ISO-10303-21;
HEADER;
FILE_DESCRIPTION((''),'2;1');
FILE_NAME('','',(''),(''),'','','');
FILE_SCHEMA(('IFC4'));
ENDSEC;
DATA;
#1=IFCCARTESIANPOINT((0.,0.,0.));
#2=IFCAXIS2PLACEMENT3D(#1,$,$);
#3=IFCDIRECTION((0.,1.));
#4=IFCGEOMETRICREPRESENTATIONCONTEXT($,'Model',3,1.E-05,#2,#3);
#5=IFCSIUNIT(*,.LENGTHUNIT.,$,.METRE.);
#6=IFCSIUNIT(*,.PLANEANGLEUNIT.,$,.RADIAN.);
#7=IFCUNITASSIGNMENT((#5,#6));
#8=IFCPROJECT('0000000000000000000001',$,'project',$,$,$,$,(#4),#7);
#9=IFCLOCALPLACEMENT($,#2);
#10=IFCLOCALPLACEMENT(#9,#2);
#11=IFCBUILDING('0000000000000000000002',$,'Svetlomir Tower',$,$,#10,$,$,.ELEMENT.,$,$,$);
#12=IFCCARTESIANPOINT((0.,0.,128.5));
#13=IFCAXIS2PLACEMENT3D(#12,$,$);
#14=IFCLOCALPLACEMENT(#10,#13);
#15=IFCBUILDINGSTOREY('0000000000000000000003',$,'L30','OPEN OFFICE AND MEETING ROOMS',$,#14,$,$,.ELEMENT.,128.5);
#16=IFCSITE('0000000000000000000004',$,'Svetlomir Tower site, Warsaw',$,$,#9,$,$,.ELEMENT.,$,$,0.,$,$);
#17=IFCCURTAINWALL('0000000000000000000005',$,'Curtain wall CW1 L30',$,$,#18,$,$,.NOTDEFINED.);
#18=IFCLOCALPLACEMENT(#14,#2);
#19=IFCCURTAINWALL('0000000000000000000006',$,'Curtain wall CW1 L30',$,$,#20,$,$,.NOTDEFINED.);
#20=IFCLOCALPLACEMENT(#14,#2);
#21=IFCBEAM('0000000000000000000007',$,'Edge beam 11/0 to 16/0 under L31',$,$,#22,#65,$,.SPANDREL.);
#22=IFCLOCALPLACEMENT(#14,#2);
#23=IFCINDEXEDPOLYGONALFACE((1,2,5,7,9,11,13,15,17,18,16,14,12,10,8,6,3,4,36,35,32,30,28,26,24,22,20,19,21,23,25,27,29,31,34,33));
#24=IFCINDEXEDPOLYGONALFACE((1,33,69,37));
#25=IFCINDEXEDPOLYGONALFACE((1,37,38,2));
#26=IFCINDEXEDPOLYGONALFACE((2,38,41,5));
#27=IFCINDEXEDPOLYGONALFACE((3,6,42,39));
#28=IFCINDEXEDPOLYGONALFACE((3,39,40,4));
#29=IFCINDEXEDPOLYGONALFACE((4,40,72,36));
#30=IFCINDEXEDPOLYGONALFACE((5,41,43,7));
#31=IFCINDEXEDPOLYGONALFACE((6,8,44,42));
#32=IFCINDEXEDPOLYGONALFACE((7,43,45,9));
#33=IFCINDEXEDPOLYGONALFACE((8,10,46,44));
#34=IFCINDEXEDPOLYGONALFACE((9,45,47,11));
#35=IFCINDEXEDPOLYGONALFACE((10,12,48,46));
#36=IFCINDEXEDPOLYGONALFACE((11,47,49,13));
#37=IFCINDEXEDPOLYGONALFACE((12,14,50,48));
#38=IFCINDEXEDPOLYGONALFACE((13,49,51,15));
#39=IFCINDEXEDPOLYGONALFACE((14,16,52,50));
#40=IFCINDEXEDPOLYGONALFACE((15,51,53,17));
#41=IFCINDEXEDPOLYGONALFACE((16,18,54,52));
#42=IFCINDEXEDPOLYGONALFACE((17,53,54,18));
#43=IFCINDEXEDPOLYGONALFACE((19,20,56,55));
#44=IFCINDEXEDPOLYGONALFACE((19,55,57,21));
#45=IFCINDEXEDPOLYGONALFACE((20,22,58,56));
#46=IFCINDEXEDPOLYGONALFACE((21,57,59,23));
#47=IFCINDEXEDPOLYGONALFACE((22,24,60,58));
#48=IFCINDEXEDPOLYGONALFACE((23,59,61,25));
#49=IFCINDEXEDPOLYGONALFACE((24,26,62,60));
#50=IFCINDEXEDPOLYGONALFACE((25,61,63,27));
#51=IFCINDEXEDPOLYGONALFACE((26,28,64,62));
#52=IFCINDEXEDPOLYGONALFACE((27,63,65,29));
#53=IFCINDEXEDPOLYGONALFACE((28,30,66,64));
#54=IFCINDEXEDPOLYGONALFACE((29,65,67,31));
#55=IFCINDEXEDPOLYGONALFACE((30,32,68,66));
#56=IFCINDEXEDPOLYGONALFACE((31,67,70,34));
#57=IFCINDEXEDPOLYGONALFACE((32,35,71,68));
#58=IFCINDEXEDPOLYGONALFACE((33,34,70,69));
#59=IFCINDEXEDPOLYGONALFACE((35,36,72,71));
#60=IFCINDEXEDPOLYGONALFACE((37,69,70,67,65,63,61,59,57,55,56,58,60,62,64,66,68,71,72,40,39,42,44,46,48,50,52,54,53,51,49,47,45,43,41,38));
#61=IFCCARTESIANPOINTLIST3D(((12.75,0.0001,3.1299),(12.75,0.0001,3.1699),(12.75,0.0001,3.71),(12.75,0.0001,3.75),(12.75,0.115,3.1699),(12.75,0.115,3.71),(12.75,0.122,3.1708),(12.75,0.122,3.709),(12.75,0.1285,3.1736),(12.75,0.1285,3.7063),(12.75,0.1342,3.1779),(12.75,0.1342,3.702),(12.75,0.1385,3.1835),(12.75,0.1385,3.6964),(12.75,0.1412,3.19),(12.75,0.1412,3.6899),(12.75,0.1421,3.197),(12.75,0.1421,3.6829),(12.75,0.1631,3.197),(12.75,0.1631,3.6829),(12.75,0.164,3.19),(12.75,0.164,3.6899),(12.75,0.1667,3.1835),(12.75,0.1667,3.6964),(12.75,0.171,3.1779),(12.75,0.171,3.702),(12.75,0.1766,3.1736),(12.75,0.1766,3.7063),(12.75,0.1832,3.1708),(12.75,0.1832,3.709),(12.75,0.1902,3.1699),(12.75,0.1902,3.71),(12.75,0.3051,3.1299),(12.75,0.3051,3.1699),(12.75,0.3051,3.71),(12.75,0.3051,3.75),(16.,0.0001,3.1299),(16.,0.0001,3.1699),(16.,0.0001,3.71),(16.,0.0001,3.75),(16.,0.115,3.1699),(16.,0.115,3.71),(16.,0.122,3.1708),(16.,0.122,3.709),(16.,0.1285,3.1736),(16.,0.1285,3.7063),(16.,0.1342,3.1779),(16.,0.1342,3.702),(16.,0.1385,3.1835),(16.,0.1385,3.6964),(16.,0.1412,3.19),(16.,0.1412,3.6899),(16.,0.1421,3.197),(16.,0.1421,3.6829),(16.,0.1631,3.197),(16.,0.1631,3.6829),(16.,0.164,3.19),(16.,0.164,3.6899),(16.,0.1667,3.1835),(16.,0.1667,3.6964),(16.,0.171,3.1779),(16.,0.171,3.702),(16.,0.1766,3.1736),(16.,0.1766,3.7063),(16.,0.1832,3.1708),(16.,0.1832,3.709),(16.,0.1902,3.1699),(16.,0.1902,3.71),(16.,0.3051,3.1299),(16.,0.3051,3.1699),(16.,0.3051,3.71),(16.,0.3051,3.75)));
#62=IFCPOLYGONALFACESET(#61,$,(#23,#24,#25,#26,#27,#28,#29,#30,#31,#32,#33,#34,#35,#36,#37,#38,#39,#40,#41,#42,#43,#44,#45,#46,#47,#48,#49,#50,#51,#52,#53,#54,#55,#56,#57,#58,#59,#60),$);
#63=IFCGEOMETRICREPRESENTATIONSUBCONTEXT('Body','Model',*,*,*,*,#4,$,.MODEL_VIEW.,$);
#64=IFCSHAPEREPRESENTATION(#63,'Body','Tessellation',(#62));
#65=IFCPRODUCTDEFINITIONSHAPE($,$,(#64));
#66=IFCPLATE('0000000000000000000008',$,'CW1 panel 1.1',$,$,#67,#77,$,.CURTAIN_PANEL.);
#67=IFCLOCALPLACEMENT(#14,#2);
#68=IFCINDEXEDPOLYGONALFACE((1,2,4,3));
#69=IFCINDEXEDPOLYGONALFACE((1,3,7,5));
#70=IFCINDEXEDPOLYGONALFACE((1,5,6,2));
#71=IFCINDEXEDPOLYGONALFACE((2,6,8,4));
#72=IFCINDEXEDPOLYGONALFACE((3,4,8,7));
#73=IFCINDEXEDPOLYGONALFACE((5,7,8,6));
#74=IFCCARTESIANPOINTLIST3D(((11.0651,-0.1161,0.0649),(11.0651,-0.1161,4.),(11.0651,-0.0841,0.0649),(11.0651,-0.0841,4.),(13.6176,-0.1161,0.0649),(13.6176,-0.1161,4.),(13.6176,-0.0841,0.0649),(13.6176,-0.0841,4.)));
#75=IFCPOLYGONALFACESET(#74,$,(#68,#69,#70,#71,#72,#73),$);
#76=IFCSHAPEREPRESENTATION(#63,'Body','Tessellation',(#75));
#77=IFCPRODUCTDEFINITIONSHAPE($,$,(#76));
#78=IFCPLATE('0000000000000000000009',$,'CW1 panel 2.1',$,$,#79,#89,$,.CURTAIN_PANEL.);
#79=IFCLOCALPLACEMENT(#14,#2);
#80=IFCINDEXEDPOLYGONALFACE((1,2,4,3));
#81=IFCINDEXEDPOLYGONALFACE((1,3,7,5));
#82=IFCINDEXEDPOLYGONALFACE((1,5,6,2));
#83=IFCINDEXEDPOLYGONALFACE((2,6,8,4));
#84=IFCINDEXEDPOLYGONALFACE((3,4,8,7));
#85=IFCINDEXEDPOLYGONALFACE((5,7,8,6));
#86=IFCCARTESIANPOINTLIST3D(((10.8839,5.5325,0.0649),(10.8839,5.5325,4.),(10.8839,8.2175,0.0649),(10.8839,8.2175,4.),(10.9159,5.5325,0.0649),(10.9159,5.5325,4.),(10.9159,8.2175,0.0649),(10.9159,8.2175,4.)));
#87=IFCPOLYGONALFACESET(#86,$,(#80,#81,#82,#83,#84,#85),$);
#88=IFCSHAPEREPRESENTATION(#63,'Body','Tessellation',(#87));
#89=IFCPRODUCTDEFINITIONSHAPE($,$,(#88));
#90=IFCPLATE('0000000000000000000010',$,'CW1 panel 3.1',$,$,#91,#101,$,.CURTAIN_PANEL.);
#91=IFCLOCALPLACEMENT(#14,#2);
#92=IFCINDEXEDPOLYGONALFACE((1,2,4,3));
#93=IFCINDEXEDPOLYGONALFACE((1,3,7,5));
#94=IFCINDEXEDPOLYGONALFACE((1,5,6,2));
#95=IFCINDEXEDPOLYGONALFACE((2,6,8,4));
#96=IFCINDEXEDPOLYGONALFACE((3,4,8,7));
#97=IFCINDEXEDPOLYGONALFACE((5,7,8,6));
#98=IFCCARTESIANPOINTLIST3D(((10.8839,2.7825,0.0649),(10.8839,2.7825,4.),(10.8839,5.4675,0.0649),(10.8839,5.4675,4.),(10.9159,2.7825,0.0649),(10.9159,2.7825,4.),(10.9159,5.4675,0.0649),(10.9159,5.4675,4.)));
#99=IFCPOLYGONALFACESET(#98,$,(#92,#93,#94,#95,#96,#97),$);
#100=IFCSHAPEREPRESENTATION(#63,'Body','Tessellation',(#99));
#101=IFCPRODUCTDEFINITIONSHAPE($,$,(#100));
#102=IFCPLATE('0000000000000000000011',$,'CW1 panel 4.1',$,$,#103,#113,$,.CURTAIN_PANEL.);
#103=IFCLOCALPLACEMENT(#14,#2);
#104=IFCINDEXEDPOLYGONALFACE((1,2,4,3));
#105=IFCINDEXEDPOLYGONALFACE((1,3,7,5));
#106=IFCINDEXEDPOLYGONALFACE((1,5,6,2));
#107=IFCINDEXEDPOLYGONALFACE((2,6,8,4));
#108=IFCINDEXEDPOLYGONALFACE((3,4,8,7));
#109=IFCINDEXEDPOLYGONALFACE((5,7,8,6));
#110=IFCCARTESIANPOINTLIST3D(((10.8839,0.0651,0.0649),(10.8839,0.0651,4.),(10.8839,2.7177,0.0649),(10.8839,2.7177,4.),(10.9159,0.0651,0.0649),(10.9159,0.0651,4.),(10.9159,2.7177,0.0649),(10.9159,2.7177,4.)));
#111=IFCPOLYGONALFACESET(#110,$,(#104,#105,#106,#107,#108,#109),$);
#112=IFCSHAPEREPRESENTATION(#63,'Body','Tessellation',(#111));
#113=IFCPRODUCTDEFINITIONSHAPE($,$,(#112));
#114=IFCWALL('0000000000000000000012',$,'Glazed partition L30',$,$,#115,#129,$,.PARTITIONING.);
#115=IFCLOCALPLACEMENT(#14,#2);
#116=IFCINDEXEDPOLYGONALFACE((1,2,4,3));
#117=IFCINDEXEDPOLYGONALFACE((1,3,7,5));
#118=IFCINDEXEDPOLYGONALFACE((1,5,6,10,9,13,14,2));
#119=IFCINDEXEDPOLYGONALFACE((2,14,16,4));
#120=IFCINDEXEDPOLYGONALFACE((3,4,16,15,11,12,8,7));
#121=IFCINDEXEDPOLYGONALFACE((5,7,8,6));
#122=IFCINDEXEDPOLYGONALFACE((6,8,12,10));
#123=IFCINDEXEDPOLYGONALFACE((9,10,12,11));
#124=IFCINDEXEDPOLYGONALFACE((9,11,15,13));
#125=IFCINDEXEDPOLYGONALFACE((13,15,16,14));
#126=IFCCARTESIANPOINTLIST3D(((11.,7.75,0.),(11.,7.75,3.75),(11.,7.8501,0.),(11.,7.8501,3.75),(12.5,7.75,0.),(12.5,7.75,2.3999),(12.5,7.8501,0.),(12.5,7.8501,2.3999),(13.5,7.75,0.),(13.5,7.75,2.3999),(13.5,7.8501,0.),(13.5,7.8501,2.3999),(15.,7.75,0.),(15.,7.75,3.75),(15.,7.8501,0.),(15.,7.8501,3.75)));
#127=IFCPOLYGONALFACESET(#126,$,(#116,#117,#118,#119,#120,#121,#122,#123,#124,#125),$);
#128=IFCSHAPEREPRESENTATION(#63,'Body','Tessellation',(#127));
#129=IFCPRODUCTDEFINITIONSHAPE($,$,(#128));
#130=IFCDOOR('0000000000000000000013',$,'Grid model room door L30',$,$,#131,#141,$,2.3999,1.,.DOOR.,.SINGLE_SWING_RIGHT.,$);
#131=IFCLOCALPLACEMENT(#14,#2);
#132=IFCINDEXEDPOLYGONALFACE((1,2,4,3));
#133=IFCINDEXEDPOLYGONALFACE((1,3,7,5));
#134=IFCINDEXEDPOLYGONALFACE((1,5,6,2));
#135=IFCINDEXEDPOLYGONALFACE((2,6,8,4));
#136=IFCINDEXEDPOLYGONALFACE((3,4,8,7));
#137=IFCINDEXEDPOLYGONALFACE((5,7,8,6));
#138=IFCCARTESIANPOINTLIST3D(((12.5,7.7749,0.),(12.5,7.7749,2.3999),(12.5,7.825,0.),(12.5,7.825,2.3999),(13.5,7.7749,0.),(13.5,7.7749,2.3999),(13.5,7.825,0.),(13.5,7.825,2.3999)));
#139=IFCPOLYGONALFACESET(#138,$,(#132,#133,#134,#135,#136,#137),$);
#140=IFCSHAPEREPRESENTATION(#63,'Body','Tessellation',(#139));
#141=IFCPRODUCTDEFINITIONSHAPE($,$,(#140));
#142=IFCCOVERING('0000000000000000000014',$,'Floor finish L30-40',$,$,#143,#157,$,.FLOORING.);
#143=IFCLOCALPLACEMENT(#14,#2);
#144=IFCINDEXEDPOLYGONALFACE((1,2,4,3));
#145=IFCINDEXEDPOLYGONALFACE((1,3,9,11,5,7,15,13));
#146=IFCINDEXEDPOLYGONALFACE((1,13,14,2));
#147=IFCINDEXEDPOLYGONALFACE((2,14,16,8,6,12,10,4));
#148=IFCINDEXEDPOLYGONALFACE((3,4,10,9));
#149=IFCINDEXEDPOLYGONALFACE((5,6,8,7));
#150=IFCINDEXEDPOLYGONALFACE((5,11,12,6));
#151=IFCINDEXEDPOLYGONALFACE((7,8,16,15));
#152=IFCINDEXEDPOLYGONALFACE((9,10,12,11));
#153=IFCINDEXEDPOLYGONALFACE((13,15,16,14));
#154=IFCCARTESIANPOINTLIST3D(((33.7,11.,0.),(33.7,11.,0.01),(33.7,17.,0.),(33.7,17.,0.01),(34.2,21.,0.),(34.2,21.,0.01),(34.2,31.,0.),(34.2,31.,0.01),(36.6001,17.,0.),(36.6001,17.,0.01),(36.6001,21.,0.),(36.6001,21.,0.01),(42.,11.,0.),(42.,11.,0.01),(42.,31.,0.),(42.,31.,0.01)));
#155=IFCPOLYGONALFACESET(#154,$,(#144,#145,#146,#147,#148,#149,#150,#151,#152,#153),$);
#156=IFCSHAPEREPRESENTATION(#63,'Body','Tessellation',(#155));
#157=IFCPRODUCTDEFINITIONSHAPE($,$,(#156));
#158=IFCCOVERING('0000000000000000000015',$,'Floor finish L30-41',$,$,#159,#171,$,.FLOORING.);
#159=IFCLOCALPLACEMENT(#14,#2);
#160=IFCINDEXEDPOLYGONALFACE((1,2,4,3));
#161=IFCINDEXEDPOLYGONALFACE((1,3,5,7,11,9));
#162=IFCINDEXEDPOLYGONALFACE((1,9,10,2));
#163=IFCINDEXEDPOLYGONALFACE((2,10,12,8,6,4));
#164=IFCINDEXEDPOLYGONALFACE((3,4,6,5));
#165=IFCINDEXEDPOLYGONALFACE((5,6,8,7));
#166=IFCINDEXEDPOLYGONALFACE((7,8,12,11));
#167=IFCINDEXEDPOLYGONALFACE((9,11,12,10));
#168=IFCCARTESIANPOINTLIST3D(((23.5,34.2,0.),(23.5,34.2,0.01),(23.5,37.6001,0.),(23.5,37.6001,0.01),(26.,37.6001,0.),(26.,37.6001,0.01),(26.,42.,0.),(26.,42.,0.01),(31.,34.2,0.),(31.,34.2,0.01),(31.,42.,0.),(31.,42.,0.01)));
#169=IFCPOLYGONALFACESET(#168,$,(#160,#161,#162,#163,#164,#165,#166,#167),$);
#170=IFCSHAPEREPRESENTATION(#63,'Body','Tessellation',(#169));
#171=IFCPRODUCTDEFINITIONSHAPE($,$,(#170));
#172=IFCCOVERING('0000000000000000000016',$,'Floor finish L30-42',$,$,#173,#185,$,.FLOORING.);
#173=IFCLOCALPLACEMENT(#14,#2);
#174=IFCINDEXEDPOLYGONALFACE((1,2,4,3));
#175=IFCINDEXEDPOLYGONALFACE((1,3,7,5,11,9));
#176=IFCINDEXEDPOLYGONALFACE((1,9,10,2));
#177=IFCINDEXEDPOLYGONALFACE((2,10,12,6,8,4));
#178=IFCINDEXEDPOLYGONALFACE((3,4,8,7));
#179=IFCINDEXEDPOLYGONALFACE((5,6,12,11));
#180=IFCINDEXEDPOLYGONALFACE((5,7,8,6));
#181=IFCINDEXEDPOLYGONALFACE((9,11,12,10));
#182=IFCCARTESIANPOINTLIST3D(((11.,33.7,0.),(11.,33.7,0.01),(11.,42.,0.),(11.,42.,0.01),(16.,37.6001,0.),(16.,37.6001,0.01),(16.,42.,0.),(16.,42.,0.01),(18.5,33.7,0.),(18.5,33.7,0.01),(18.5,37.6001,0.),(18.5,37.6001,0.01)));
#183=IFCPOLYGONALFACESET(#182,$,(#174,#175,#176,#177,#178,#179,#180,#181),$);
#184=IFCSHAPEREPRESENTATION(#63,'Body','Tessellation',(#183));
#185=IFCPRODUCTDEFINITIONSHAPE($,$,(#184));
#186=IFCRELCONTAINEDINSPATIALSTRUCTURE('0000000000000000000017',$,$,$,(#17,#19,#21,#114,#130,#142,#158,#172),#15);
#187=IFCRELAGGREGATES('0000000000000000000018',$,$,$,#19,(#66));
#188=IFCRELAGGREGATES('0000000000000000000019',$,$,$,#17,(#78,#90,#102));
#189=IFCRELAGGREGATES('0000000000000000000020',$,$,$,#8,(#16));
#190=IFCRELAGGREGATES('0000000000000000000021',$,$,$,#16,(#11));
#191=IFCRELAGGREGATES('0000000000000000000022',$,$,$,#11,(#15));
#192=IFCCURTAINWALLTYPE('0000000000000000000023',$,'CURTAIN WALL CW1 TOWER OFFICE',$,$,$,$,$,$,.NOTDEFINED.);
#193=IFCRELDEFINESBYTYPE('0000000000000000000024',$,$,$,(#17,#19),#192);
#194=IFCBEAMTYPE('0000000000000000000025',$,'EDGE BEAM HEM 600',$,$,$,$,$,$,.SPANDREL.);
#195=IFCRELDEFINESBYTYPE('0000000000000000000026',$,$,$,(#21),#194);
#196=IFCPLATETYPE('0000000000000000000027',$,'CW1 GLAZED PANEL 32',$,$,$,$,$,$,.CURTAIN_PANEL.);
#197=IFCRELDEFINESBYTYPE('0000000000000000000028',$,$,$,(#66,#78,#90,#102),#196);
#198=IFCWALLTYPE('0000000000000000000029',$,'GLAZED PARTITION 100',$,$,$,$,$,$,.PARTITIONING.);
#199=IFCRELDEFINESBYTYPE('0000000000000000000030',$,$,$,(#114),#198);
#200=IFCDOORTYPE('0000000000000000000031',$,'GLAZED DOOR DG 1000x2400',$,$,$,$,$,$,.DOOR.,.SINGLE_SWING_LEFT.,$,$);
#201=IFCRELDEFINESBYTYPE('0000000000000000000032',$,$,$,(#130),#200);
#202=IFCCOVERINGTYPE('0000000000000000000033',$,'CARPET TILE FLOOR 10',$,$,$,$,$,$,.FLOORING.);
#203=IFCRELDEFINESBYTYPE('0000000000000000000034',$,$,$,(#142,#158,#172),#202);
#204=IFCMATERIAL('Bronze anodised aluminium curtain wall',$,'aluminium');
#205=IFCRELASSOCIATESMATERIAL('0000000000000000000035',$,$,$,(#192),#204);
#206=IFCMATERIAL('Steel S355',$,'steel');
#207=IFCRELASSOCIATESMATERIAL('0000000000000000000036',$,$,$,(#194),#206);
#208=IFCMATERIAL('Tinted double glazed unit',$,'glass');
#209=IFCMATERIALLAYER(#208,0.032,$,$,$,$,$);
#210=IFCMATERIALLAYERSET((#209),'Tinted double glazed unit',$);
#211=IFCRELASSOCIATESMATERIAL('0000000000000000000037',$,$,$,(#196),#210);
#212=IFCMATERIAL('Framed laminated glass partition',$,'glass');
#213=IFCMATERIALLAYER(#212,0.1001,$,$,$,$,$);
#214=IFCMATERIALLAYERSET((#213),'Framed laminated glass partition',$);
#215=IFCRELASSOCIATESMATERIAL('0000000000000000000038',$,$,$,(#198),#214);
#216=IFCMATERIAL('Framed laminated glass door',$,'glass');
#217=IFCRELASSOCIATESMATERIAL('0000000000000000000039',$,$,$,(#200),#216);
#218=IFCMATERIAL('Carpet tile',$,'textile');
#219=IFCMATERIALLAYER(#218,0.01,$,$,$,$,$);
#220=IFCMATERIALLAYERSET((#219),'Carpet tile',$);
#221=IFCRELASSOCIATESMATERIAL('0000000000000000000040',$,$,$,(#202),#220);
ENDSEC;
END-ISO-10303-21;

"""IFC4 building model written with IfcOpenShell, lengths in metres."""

from ifc_helpers import new_model, si_unit, direction, frame, frame_2d, origin, origin_2d, place, context, subcontext, project, spatial, polyline, rectangle, i_section, outline, extrude, material, layer, layer_set, material_profile, profile_set, type_object, element, fill, aggregate, save


model = new_model("IFC4")

# Units and contexts
model_context = context("Model", 3, precision=1e-05, world=origin(), true_north=direction((0.0, 1.0)))
body_context = subcontext(model_context, "Body", "Model", "MODEL_VIEW")
ifc_project = project(units=[si_unit("LENGTHUNIT", "METRE"), si_unit("PLANEANGLEUNIT", "RADIAN")], contexts=[model_context])

# Site, building, storey
site_placement = place(None, origin())
site = spatial("IfcSite", under=ifc_project, at=site_placement, Name="Svetlomir Tower site, Warsaw", CompositionType="ELEMENT", RefElevation=0.0)
building_placement = place(site_placement, origin())
building = spatial("IfcBuilding", under=site, at=building_placement, Name="Svetlomir Tower", CompositionType="ELEMENT")
storey_placement = place(building_placement, frame((0.0, 0.0, 128.5)))
storey = spatial("IfcBuildingStorey", under=building, at=storey_placement, Name="L30", Description="OPEN OFFICE AND MEETING ROOMS", CompositionType="ELEMENT", Elevation=128.5)

# Curtain wall
ifc_material_1 = material(Name="Bronze anodised aluminium curtain wall", Category="aluminium")
curtain_wall_type = type_object("IfcCurtainWallType", Name="CURTAIN WALL CW1 TOWER OFFICE", PredefinedType="NOTDEFINED", material=ifc_material_1)
curtain_wall_1_placement = place(storey_placement, origin())
curtain_wall_1 = element("IfcCurtainWall", 1, at=curtain_wall_1_placement, inside=storey, type_object=curtain_wall_type, Name="Curtain wall CW1 L30", PredefinedType="NOTDEFINED")

# Curtain wall
curtain_wall_2_placement = place(storey_placement, origin())
curtain_wall_2 = element("IfcCurtainWall", 2, at=curtain_wall_2_placement, inside=storey, type_object=curtain_wall_type, Name="Curtain wall CW1 L30", PredefinedType="NOTDEFINED")

# Beam
ifc_material_2 = material(Name="Steel S355", Category="steel")
ifc_material_profile_1 = material_profile(ifc_material_2, i_section(OverallWidth=0.3049, OverallDepth=0.6201, WebThickness=0.021, FlangeThickness=0.04, FilletRadius=0.0271, at=origin_2d()), Name="HEM 600")
ifc_profile_set_1 = profile_set([ifc_material_profile_1], Name="Steel S355")
beam_type = type_object("IfcBeamType", Name="EDGE BEAM HEM 600", PredefinedType="SPANDREL", material=ifc_profile_set_1)
beam_placement = place(storey_placement, frame((12.75, 0.1526, 3.4399), z_axis=(1.0, 0.0, 0.0), x_axis=(0.0, 1.0, 0.0)))
element("IfcBeam", 3, at=beam_placement, inside=storey, type_object=beam_type, Name="Edge beam 11/0 to 16/0 under L31", PredefinedType="SPANDREL", context=body_context, shape_type="SweptSolid", body=[
    extrude(i_section(OverallWidth=0.3049, OverallDepth=0.6201, WebThickness=0.021, FlangeThickness=0.04, FilletRadius=0.0271, at=origin_2d()), origin(), (0.0, 0.0, 1.0), 3.25),
])

# Plates
ifc_material_3 = material(Name="Tinted double glazed unit", Category="glass")
ifc_layer_1 = layer(ifc_material_3, 0.032)
ifc_layer_set_1 = layer_set([ifc_layer_1], Name="Tinted double glazed unit")
plate_type = type_object("IfcPlateType", Name="CW1 GLAZED PANEL 32", PredefinedType="CURTAIN_PANEL", material=ifc_layer_set_1)
plate_1_placement = place(storey_placement, frame((12.3413, -0.1001, 0.0649), z_axis=(0.0, 0.0, 1.0), x_axis=(1.0, 0.0, 0.0)))
plate_1 = element("IfcPlate", 4, at=plate_1_placement, type_object=plate_type, Name="CW1 panel 1.1", PredefinedType="CURTAIN_PANEL", context=body_context, shape_type="SweptSolid", body=[
    extrude(rectangle(XDim=2.5525, YDim=0.032, at=origin_2d()), origin(), (0.0, 0.0, 1.0), 3.9351),
])
aggregate(curtain_wall_2, [plate_1])
plate_2_placement = place(storey_placement, frame((10.8999, 6.875, 0.0649), z_axis=(0.0, 0.0, 1.0), x_axis=(0.0, -1.0, 0.0)))
plate_2 = element("IfcPlate", 5, at=plate_2_placement, type_object=plate_type, Name="CW1 panel 2.1", PredefinedType="CURTAIN_PANEL", context=body_context, shape_type="SweptSolid", body=[
    extrude(rectangle(XDim=2.6851, YDim=0.032, at=origin_2d()), origin(), (0.0, 0.0, 1.0), 3.9351),
])
plate_3_placement = place(storey_placement, frame((10.8999, 4.125, 0.0649), z_axis=(0.0, 0.0, 1.0), x_axis=(0.0, -1.0, 0.0)))
plate_3 = element("IfcPlate", 6, at=plate_3_placement, type_object=plate_type, Name="CW1 panel 3.1", PredefinedType="CURTAIN_PANEL", context=body_context, shape_type="SweptSolid", body=[
    extrude(rectangle(XDim=2.6851, YDim=0.032, at=origin_2d()), origin(), (0.0, 0.0, 1.0), 3.9351),
])
plate_4_placement = place(storey_placement, frame((10.8999, 1.3914, 0.0649), z_axis=(0.0, 0.0, 1.0), x_axis=(0.0, -1.0, 0.0)))
plate_4 = element("IfcPlate", 7, at=plate_4_placement, type_object=plate_type, Name="CW1 panel 4.1", PredefinedType="CURTAIN_PANEL", context=body_context, shape_type="SweptSolid", body=[
    extrude(rectangle(XDim=2.6526, YDim=0.032, at=origin_2d()), origin(), (0.0, 0.0, 1.0), 3.9351),
])
aggregate(curtain_wall_1, [plate_2, plate_3, plate_4])

# Wall, opening, door
ifc_material_4 = material(Name="Framed laminated glass partition", Category="glass")
ifc_layer_2 = layer(ifc_material_4, 0.1001)
ifc_layer_set_2 = layer_set([ifc_layer_2], Name="Framed laminated glass partition")
wall_type = type_object("IfcWallType", Name="GLAZED PARTITION 100", PredefinedType="PARTITIONING", material=ifc_layer_set_2)
wall_placement = place(storey_placement, frame((11.0, 7.8, 0.0), z_axis=(0.0, 0.0, 1.0), x_axis=(1.0, 0.0, 0.0)))
wall = element("IfcWall", 8, at=wall_placement, inside=storey, type_object=wall_type, Name="Glazed partition L30", PredefinedType="PARTITIONING", context=body_context, shape_type="SweptSolid", body=[
    extrude(rectangle(XDim=4.0, YDim=0.1001, at=frame_2d((2.0, 0.0))), origin(), (0.0, 0.0, 1.0), 3.75),
])
opening_placement = place(wall_placement, frame((1.5, 0.0, 0.0)))
opening = element("IfcOpeningElement", 9, at=opening_placement, cuts=wall, PredefinedType="OPENING", context=body_context, shape_type="SweptSolid", body=[
    extrude(rectangle(XDim=1.0, YDim=2.3999, at=frame_2d((0.5, 1.2))), frame((0.0, 0.0601, 0.0), z_axis=(0.0, -1.0, 0.0), x_axis=(1.0, 0.0, 0.0)), (0.0, 0.0, 1.0), 0.1201),
])
ifc_material_5 = material(Name="Framed laminated glass door", Category="glass")
door_type = type_object("IfcDoorType", Name="GLAZED DOOR DG 1000x2400", OperationType="SINGLE_SWING_LEFT", PredefinedType="DOOR", material=ifc_material_5)
door_placement = place(opening_placement, origin())
door = element("IfcDoor", 10, at=door_placement, inside=storey, type_object=door_type, Name="Grid model room door L30", OperationType="SINGLE_SWING_RIGHT", OverallHeight=2.3999, OverallWidth=1.0, PredefinedType="DOOR", context=body_context, shape_type="SweptSolid", body=[
    extrude(rectangle(XDim=1.0, YDim=2.3999, at=frame_2d((0.5, 1.2))), frame((0.0, 0.0249, 0.0), z_axis=(0.0, -1.0, 0.0), x_axis=(1.0, 0.0, 0.0)), (0.0, 0.0, 1.0), 0.05),
])
fill(opening, door)

# Coverings
ifc_material_6 = material(Name="Carpet tile", Category="textile")
ifc_layer_3 = layer(ifc_material_6, 0.01)
ifc_layer_set_3 = layer_set([ifc_layer_3], Name="Carpet tile")
covering_type_1 = type_object("IfcCoveringType", Name="CARPET TILE FLOOR 10", PredefinedType="FLOORING", material=ifc_layer_set_3)
covering_1_placement = place(storey_placement, origin())
element("IfcCovering", 11, at=covering_1_placement, inside=storey, type_object=covering_type_1, Name="Floor finish L30-40", PredefinedType="FLOORING", context=body_context, shape_type="SweptSolid", body=[
    extrude(outline(polyline([(33.7, 11.0), (33.7, 17.0), (36.6001, 17.0), (36.6001, 21.0), (34.2, 21.0), (34.2, 31.0), (42.0, 31.0), (42.0, 11.0), (33.7, 11.0)])), origin(), (0.0, 0.0, 1.0), 0.01),
])
covering_2_placement = place(storey_placement, origin())
element("IfcCovering", 12, at=covering_2_placement, inside=storey, type_object=covering_type_1, Name="Floor finish L30-41", PredefinedType="FLOORING", context=body_context, shape_type="SweptSolid", body=[
    extrude(outline(polyline([(23.5, 34.2), (23.5, 37.6001), (26.0, 37.6001), (26.0, 42.0), (31.0, 42.0), (31.0, 34.2), (23.5, 34.2)])), origin(), (0.0, 0.0, 1.0), 0.01),
])
covering_3_placement = place(storey_placement, origin())
element("IfcCovering", 13, at=covering_3_placement, inside=storey, type_object=covering_type_1, Name="Floor finish L30-42", PredefinedType="FLOORING", context=body_context, shape_type="SweptSolid", body=[
    extrude(outline(polyline([(11.0, 33.7), (11.0, 42.0), (16.0, 42.0), (16.0, 37.6001), (18.5, 37.6001), (18.5, 33.7), (11.0, 33.7)])), origin(), (0.0, 0.0, 1.0), 0.01),
])

save(model, "model.ifc")
